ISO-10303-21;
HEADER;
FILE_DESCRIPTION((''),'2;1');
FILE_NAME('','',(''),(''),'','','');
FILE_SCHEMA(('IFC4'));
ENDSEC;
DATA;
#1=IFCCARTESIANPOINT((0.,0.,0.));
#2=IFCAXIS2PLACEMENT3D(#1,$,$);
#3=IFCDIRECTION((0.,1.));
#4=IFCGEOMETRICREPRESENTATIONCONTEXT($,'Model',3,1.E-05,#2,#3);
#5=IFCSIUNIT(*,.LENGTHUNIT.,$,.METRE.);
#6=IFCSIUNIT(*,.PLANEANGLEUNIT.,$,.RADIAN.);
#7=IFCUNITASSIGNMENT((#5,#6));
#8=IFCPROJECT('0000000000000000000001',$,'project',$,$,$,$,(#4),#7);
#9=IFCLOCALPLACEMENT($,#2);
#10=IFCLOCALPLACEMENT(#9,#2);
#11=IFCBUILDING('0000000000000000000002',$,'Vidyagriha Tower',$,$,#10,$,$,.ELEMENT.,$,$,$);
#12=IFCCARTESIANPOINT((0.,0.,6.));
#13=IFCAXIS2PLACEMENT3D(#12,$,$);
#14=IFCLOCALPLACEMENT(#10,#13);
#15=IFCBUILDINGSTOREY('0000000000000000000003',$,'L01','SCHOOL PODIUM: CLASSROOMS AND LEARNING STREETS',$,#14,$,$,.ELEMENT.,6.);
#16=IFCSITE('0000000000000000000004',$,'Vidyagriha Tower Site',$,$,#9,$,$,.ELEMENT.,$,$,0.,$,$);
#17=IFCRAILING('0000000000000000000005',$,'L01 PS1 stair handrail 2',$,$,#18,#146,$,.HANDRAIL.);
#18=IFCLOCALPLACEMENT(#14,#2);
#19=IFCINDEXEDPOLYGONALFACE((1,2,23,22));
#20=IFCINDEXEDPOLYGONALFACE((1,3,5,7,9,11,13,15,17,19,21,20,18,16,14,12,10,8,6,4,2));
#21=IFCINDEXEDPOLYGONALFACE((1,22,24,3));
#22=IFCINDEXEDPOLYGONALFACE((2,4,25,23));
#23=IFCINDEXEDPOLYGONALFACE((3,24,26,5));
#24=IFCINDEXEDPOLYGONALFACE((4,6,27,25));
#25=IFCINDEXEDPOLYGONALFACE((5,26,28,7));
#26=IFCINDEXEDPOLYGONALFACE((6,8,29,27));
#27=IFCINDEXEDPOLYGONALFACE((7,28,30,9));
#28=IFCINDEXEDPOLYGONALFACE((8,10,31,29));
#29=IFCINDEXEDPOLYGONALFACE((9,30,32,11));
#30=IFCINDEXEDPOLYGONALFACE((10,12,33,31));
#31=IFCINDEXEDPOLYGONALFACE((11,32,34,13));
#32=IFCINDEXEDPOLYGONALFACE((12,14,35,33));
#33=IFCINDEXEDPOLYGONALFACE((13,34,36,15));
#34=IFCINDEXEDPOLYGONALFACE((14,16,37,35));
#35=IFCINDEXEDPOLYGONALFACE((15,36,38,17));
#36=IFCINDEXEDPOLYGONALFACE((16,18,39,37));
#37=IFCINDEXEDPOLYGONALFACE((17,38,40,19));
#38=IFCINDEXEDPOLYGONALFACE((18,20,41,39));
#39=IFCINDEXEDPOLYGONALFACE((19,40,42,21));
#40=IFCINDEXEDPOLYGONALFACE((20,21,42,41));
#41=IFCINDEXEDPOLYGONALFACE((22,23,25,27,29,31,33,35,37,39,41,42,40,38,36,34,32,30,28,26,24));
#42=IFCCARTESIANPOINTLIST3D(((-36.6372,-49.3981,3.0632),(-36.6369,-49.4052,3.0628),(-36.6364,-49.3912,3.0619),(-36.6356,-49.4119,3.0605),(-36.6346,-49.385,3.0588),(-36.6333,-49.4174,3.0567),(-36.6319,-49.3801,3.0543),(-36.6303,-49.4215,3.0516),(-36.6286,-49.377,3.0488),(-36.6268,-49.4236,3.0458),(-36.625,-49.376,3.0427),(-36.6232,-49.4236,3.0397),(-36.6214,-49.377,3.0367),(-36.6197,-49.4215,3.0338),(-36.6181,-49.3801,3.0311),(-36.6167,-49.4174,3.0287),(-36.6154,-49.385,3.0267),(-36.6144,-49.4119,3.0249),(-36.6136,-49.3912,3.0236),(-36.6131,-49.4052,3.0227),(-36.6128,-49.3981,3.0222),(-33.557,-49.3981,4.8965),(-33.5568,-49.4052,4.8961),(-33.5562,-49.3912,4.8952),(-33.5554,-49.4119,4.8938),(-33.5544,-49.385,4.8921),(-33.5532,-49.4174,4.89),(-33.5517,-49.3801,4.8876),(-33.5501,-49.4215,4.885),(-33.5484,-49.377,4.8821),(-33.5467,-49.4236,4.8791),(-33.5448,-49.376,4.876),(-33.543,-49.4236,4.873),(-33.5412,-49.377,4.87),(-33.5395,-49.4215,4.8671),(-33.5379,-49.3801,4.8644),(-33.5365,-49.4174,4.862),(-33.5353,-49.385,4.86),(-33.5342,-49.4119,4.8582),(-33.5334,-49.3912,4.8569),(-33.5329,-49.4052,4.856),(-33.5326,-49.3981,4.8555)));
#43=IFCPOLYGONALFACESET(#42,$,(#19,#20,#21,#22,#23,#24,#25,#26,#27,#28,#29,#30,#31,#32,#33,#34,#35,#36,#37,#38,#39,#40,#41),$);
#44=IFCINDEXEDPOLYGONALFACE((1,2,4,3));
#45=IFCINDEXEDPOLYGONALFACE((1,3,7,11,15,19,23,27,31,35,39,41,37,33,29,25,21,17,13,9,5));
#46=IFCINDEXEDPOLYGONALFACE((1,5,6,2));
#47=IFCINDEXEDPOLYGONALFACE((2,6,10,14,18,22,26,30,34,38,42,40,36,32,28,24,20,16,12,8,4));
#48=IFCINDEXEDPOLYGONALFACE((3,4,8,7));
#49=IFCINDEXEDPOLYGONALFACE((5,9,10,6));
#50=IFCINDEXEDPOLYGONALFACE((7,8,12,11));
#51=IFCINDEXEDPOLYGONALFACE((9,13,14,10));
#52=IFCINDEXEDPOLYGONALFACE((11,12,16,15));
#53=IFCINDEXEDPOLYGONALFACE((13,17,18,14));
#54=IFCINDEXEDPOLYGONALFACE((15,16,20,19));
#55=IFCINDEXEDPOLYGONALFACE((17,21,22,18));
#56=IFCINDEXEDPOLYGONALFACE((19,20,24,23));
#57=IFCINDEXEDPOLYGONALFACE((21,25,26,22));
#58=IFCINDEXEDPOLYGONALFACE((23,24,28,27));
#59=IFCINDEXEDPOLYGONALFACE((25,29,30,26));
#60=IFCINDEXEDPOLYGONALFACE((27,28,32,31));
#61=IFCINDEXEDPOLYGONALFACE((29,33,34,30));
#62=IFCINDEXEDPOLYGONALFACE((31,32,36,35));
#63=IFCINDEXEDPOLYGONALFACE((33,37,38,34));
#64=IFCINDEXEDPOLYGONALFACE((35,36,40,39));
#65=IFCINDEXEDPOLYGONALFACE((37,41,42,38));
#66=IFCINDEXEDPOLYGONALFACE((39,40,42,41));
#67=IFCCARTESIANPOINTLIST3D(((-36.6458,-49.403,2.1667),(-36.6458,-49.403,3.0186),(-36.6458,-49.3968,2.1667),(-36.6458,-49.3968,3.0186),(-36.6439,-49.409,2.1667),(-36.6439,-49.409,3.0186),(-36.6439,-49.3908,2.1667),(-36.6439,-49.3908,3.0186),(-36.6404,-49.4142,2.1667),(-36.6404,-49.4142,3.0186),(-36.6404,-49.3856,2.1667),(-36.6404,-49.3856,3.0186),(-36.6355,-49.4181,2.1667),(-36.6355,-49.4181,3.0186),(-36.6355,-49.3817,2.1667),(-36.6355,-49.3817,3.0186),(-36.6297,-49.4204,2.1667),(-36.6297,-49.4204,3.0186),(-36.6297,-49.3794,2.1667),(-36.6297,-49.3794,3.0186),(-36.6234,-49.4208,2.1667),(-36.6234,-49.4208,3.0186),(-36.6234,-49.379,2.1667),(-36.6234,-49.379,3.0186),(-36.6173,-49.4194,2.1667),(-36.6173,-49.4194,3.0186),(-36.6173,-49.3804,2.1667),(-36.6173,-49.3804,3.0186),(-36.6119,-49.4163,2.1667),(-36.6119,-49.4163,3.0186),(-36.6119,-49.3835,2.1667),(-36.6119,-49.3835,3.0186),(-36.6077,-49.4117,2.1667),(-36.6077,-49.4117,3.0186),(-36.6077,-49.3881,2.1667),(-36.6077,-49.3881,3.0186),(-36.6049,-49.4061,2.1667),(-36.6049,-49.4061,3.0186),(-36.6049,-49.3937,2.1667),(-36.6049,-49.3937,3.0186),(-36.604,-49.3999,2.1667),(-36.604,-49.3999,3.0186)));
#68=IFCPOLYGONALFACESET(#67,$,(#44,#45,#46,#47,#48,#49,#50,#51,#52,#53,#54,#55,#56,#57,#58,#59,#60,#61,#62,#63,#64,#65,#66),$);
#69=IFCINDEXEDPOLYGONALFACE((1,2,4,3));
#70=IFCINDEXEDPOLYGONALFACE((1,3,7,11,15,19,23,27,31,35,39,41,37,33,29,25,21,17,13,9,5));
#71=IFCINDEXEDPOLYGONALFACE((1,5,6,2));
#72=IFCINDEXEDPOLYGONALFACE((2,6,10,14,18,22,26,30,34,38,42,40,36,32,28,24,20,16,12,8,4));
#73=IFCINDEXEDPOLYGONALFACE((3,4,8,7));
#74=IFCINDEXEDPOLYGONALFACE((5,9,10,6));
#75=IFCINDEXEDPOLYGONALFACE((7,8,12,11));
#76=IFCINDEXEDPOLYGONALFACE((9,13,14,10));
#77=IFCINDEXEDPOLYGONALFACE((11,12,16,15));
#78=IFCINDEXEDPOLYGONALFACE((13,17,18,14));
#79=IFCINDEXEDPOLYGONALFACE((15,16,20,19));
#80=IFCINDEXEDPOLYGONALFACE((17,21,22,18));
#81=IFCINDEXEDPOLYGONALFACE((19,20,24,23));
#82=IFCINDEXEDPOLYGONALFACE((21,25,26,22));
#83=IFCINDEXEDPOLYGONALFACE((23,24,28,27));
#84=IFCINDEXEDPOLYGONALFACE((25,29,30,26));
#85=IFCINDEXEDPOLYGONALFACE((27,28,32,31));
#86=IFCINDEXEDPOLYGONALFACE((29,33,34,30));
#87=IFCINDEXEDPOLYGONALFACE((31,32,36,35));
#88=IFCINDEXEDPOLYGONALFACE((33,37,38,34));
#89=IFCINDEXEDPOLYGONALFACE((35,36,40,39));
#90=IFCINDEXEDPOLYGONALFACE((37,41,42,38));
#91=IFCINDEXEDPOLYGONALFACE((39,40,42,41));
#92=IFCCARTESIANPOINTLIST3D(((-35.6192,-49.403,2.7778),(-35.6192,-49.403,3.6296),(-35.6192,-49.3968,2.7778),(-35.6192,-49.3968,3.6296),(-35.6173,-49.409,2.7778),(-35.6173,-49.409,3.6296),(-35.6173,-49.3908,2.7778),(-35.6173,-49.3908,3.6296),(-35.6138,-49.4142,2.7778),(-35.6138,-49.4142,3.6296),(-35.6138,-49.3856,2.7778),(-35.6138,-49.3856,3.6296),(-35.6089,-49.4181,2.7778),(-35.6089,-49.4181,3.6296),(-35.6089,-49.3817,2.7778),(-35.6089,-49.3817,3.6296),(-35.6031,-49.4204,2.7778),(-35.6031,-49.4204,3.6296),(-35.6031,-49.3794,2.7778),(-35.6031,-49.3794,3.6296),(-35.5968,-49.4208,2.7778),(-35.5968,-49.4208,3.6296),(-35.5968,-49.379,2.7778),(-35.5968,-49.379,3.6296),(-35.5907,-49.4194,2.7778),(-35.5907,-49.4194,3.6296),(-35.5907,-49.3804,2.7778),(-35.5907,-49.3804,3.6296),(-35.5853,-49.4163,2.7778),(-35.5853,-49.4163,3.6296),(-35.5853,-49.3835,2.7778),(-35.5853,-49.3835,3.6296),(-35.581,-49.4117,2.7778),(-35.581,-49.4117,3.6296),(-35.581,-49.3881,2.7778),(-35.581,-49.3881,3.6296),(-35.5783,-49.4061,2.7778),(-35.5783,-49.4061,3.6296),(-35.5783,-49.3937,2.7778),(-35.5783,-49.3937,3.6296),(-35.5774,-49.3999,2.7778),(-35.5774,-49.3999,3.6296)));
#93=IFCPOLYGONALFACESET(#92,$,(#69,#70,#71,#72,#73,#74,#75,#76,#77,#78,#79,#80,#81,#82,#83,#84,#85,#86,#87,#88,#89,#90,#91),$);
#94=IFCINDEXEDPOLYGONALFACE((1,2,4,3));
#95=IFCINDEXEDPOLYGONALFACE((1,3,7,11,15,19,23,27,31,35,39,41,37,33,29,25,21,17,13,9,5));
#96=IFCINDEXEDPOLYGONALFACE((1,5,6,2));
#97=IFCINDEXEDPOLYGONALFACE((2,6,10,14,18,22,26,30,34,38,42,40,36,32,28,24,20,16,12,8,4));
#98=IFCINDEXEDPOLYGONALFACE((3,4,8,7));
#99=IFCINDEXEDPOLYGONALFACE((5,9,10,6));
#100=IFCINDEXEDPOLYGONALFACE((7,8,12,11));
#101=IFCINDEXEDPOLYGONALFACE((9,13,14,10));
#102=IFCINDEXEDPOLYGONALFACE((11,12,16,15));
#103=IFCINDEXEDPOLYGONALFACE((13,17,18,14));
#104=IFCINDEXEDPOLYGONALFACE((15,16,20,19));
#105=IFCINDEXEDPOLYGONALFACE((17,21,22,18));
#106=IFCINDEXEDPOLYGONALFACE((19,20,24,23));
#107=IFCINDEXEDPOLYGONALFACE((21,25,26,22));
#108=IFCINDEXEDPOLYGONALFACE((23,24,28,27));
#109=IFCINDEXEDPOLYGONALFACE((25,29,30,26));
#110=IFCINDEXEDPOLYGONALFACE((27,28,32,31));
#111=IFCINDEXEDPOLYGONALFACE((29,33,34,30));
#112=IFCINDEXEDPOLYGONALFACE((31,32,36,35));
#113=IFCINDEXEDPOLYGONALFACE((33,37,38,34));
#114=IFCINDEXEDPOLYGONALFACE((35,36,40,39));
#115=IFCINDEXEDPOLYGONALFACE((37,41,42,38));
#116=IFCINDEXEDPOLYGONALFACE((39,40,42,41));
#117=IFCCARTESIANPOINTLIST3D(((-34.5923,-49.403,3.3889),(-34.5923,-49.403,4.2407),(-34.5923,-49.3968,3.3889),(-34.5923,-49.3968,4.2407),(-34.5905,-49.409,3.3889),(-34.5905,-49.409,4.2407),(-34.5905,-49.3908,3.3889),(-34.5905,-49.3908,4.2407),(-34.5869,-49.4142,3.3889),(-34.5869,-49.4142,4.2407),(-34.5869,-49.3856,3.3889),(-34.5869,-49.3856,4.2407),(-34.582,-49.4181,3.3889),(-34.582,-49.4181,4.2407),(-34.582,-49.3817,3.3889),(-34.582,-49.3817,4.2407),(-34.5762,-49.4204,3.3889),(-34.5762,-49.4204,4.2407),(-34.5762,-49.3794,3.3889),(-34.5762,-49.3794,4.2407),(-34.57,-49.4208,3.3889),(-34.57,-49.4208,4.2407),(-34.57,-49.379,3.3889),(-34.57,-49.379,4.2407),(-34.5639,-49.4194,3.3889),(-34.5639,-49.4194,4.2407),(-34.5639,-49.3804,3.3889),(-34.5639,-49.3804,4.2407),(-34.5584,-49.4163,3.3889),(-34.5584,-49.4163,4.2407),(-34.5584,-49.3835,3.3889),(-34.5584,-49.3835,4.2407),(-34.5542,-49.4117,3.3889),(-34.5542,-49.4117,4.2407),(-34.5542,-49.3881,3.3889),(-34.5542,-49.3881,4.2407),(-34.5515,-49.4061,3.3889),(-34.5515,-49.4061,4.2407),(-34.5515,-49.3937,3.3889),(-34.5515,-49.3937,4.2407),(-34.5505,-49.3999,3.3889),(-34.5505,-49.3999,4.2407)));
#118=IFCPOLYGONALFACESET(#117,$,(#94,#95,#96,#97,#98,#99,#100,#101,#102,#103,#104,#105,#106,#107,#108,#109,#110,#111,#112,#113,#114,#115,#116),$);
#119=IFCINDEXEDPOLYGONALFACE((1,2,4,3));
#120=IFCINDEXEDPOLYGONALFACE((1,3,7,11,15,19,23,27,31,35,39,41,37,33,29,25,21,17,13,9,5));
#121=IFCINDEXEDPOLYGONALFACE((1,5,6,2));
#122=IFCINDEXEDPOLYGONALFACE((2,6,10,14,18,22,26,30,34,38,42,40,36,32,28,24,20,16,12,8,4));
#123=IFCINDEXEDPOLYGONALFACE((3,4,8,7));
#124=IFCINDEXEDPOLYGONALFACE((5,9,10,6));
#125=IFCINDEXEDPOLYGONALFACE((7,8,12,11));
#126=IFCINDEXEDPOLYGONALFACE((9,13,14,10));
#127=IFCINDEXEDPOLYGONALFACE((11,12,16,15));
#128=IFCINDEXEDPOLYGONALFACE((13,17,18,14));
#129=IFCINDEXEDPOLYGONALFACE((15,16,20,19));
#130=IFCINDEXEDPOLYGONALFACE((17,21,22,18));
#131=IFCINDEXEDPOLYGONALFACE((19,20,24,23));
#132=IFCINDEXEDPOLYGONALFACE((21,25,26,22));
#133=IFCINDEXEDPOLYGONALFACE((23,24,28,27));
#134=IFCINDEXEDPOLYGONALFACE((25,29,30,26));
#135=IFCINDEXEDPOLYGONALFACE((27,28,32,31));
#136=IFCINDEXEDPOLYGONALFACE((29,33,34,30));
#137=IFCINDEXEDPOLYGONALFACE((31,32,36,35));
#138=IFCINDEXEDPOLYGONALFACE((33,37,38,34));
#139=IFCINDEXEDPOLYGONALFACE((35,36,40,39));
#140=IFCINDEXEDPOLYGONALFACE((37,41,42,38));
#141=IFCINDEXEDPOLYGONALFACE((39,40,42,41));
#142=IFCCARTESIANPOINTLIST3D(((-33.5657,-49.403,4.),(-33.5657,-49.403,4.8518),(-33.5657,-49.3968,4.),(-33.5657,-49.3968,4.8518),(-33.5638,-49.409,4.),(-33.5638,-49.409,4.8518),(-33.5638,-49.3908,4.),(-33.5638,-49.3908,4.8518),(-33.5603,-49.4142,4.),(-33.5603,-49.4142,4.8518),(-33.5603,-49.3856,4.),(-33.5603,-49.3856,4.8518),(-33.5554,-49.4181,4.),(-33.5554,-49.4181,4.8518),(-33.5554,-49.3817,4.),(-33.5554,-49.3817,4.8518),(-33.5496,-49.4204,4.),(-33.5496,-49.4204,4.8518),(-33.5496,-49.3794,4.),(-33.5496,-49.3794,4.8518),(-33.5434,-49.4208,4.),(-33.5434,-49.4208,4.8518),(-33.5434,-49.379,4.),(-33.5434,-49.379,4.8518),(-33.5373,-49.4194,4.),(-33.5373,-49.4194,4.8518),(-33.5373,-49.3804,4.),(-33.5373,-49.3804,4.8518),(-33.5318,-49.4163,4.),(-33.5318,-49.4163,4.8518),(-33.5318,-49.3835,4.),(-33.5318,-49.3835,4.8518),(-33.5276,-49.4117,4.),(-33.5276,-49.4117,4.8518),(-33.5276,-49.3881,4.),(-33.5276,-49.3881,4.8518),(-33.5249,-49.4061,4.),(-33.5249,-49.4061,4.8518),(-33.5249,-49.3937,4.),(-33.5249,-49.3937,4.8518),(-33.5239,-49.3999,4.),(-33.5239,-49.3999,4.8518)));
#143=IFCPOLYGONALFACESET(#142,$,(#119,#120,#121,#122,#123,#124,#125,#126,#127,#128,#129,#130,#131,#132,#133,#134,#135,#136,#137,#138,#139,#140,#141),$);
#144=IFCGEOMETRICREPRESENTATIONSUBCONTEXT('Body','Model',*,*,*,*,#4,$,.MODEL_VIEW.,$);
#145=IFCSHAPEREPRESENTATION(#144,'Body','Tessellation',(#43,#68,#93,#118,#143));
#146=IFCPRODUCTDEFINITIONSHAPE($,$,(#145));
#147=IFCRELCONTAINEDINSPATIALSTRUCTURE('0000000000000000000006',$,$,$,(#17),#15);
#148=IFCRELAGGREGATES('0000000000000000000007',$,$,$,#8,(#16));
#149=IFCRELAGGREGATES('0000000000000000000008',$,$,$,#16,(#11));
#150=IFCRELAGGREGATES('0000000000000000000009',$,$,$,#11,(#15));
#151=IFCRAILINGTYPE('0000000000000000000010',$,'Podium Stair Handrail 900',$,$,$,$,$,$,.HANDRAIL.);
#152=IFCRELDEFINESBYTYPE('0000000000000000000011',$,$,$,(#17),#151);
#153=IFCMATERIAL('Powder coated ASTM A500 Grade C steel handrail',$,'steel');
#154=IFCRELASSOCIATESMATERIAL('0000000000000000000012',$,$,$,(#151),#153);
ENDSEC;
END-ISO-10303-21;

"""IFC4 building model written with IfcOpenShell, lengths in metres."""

from ifc_helpers import new_model, si_unit, direction, frame, origin, origin_2d, place, context, subcontext, project, spatial, circle, extrude, material, type_object, element, save


model = new_model("IFC4")

# Units and contexts
model_context = context("Model", 3, precision=1e-05, world=origin(), true_north=direction((0.0, 1.0)))
body_context = subcontext(model_context, "Body", "Model", "MODEL_VIEW")
ifc_project = project(units=[si_unit("LENGTHUNIT", "METRE"), si_unit("PLANEANGLEUNIT", "RADIAN")], contexts=[model_context])

# Site, building, storey
site_placement = place(None, origin())
site = spatial("IfcSite", under=ifc_project, at=site_placement, Name="Vidyagriha Tower Site", CompositionType="ELEMENT", RefElevation=0.0)
building_placement = place(site_placement, origin())
building = spatial("IfcBuilding", under=site, at=building_placement, Name="Vidyagriha Tower", CompositionType="ELEMENT")
storey_placement = place(building_placement, frame((0.0, 0.0, 6.0)))
storey = spatial("IfcBuildingStorey", under=building, at=storey_placement, Name="L01", Description="SCHOOL PODIUM: CLASSROOMS AND LEARNING STREETS", CompositionType="ELEMENT", Elevation=6.0)

# Railing
ifc_material_1 = material(Name="Powder coated ASTM A500 Grade C steel handrail", Category="steel")
railing_type_1 = type_object("IfcRailingType", Name="Podium Stair Handrail 900", PredefinedType="HANDRAIL", material=ifc_material_1)
railing_1_placement = place(storey_placement, frame((-36.625, -49.3999, 2.1667)))
element("IfcRailing", 1, at=railing_1_placement, inside=storey, type_object=railing_type_1, Name="L01 PS1 stair handrail 2", PredefinedType="HANDRAIL", context=body_context, shape_type="SweptSolid", body=[
    extrude(circle(Radius=0.0239, at=origin_2d()), frame((0.0, 0.0, 0.876), z_axis=(0.859309, 0.0, 0.511458), x_axis=(0.0, 1.0, 0.0)), (0.0, 0.0, 1.0), 3.5845),
    extrude(circle(Radius=0.021, at=origin_2d()), origin(), (0.0, 0.0, 1.0), 0.8518),
    extrude(circle(Radius=0.021, at=origin_2d()), frame((1.0266, 0.0, 0.6111)), (0.0, 0.0, 1.0), 0.8518),
    extrude(circle(Radius=0.021, at=origin_2d()), frame((2.0535, 0.0, 1.2222)), (0.0, 0.0, 1.0), 0.8518),
    extrude(circle(Radius=0.021, at=origin_2d()), frame((3.0801, 0.0, 1.8333)), (0.0, 0.0, 1.0), 0.8518),
])

save(model, "model.ifc")
